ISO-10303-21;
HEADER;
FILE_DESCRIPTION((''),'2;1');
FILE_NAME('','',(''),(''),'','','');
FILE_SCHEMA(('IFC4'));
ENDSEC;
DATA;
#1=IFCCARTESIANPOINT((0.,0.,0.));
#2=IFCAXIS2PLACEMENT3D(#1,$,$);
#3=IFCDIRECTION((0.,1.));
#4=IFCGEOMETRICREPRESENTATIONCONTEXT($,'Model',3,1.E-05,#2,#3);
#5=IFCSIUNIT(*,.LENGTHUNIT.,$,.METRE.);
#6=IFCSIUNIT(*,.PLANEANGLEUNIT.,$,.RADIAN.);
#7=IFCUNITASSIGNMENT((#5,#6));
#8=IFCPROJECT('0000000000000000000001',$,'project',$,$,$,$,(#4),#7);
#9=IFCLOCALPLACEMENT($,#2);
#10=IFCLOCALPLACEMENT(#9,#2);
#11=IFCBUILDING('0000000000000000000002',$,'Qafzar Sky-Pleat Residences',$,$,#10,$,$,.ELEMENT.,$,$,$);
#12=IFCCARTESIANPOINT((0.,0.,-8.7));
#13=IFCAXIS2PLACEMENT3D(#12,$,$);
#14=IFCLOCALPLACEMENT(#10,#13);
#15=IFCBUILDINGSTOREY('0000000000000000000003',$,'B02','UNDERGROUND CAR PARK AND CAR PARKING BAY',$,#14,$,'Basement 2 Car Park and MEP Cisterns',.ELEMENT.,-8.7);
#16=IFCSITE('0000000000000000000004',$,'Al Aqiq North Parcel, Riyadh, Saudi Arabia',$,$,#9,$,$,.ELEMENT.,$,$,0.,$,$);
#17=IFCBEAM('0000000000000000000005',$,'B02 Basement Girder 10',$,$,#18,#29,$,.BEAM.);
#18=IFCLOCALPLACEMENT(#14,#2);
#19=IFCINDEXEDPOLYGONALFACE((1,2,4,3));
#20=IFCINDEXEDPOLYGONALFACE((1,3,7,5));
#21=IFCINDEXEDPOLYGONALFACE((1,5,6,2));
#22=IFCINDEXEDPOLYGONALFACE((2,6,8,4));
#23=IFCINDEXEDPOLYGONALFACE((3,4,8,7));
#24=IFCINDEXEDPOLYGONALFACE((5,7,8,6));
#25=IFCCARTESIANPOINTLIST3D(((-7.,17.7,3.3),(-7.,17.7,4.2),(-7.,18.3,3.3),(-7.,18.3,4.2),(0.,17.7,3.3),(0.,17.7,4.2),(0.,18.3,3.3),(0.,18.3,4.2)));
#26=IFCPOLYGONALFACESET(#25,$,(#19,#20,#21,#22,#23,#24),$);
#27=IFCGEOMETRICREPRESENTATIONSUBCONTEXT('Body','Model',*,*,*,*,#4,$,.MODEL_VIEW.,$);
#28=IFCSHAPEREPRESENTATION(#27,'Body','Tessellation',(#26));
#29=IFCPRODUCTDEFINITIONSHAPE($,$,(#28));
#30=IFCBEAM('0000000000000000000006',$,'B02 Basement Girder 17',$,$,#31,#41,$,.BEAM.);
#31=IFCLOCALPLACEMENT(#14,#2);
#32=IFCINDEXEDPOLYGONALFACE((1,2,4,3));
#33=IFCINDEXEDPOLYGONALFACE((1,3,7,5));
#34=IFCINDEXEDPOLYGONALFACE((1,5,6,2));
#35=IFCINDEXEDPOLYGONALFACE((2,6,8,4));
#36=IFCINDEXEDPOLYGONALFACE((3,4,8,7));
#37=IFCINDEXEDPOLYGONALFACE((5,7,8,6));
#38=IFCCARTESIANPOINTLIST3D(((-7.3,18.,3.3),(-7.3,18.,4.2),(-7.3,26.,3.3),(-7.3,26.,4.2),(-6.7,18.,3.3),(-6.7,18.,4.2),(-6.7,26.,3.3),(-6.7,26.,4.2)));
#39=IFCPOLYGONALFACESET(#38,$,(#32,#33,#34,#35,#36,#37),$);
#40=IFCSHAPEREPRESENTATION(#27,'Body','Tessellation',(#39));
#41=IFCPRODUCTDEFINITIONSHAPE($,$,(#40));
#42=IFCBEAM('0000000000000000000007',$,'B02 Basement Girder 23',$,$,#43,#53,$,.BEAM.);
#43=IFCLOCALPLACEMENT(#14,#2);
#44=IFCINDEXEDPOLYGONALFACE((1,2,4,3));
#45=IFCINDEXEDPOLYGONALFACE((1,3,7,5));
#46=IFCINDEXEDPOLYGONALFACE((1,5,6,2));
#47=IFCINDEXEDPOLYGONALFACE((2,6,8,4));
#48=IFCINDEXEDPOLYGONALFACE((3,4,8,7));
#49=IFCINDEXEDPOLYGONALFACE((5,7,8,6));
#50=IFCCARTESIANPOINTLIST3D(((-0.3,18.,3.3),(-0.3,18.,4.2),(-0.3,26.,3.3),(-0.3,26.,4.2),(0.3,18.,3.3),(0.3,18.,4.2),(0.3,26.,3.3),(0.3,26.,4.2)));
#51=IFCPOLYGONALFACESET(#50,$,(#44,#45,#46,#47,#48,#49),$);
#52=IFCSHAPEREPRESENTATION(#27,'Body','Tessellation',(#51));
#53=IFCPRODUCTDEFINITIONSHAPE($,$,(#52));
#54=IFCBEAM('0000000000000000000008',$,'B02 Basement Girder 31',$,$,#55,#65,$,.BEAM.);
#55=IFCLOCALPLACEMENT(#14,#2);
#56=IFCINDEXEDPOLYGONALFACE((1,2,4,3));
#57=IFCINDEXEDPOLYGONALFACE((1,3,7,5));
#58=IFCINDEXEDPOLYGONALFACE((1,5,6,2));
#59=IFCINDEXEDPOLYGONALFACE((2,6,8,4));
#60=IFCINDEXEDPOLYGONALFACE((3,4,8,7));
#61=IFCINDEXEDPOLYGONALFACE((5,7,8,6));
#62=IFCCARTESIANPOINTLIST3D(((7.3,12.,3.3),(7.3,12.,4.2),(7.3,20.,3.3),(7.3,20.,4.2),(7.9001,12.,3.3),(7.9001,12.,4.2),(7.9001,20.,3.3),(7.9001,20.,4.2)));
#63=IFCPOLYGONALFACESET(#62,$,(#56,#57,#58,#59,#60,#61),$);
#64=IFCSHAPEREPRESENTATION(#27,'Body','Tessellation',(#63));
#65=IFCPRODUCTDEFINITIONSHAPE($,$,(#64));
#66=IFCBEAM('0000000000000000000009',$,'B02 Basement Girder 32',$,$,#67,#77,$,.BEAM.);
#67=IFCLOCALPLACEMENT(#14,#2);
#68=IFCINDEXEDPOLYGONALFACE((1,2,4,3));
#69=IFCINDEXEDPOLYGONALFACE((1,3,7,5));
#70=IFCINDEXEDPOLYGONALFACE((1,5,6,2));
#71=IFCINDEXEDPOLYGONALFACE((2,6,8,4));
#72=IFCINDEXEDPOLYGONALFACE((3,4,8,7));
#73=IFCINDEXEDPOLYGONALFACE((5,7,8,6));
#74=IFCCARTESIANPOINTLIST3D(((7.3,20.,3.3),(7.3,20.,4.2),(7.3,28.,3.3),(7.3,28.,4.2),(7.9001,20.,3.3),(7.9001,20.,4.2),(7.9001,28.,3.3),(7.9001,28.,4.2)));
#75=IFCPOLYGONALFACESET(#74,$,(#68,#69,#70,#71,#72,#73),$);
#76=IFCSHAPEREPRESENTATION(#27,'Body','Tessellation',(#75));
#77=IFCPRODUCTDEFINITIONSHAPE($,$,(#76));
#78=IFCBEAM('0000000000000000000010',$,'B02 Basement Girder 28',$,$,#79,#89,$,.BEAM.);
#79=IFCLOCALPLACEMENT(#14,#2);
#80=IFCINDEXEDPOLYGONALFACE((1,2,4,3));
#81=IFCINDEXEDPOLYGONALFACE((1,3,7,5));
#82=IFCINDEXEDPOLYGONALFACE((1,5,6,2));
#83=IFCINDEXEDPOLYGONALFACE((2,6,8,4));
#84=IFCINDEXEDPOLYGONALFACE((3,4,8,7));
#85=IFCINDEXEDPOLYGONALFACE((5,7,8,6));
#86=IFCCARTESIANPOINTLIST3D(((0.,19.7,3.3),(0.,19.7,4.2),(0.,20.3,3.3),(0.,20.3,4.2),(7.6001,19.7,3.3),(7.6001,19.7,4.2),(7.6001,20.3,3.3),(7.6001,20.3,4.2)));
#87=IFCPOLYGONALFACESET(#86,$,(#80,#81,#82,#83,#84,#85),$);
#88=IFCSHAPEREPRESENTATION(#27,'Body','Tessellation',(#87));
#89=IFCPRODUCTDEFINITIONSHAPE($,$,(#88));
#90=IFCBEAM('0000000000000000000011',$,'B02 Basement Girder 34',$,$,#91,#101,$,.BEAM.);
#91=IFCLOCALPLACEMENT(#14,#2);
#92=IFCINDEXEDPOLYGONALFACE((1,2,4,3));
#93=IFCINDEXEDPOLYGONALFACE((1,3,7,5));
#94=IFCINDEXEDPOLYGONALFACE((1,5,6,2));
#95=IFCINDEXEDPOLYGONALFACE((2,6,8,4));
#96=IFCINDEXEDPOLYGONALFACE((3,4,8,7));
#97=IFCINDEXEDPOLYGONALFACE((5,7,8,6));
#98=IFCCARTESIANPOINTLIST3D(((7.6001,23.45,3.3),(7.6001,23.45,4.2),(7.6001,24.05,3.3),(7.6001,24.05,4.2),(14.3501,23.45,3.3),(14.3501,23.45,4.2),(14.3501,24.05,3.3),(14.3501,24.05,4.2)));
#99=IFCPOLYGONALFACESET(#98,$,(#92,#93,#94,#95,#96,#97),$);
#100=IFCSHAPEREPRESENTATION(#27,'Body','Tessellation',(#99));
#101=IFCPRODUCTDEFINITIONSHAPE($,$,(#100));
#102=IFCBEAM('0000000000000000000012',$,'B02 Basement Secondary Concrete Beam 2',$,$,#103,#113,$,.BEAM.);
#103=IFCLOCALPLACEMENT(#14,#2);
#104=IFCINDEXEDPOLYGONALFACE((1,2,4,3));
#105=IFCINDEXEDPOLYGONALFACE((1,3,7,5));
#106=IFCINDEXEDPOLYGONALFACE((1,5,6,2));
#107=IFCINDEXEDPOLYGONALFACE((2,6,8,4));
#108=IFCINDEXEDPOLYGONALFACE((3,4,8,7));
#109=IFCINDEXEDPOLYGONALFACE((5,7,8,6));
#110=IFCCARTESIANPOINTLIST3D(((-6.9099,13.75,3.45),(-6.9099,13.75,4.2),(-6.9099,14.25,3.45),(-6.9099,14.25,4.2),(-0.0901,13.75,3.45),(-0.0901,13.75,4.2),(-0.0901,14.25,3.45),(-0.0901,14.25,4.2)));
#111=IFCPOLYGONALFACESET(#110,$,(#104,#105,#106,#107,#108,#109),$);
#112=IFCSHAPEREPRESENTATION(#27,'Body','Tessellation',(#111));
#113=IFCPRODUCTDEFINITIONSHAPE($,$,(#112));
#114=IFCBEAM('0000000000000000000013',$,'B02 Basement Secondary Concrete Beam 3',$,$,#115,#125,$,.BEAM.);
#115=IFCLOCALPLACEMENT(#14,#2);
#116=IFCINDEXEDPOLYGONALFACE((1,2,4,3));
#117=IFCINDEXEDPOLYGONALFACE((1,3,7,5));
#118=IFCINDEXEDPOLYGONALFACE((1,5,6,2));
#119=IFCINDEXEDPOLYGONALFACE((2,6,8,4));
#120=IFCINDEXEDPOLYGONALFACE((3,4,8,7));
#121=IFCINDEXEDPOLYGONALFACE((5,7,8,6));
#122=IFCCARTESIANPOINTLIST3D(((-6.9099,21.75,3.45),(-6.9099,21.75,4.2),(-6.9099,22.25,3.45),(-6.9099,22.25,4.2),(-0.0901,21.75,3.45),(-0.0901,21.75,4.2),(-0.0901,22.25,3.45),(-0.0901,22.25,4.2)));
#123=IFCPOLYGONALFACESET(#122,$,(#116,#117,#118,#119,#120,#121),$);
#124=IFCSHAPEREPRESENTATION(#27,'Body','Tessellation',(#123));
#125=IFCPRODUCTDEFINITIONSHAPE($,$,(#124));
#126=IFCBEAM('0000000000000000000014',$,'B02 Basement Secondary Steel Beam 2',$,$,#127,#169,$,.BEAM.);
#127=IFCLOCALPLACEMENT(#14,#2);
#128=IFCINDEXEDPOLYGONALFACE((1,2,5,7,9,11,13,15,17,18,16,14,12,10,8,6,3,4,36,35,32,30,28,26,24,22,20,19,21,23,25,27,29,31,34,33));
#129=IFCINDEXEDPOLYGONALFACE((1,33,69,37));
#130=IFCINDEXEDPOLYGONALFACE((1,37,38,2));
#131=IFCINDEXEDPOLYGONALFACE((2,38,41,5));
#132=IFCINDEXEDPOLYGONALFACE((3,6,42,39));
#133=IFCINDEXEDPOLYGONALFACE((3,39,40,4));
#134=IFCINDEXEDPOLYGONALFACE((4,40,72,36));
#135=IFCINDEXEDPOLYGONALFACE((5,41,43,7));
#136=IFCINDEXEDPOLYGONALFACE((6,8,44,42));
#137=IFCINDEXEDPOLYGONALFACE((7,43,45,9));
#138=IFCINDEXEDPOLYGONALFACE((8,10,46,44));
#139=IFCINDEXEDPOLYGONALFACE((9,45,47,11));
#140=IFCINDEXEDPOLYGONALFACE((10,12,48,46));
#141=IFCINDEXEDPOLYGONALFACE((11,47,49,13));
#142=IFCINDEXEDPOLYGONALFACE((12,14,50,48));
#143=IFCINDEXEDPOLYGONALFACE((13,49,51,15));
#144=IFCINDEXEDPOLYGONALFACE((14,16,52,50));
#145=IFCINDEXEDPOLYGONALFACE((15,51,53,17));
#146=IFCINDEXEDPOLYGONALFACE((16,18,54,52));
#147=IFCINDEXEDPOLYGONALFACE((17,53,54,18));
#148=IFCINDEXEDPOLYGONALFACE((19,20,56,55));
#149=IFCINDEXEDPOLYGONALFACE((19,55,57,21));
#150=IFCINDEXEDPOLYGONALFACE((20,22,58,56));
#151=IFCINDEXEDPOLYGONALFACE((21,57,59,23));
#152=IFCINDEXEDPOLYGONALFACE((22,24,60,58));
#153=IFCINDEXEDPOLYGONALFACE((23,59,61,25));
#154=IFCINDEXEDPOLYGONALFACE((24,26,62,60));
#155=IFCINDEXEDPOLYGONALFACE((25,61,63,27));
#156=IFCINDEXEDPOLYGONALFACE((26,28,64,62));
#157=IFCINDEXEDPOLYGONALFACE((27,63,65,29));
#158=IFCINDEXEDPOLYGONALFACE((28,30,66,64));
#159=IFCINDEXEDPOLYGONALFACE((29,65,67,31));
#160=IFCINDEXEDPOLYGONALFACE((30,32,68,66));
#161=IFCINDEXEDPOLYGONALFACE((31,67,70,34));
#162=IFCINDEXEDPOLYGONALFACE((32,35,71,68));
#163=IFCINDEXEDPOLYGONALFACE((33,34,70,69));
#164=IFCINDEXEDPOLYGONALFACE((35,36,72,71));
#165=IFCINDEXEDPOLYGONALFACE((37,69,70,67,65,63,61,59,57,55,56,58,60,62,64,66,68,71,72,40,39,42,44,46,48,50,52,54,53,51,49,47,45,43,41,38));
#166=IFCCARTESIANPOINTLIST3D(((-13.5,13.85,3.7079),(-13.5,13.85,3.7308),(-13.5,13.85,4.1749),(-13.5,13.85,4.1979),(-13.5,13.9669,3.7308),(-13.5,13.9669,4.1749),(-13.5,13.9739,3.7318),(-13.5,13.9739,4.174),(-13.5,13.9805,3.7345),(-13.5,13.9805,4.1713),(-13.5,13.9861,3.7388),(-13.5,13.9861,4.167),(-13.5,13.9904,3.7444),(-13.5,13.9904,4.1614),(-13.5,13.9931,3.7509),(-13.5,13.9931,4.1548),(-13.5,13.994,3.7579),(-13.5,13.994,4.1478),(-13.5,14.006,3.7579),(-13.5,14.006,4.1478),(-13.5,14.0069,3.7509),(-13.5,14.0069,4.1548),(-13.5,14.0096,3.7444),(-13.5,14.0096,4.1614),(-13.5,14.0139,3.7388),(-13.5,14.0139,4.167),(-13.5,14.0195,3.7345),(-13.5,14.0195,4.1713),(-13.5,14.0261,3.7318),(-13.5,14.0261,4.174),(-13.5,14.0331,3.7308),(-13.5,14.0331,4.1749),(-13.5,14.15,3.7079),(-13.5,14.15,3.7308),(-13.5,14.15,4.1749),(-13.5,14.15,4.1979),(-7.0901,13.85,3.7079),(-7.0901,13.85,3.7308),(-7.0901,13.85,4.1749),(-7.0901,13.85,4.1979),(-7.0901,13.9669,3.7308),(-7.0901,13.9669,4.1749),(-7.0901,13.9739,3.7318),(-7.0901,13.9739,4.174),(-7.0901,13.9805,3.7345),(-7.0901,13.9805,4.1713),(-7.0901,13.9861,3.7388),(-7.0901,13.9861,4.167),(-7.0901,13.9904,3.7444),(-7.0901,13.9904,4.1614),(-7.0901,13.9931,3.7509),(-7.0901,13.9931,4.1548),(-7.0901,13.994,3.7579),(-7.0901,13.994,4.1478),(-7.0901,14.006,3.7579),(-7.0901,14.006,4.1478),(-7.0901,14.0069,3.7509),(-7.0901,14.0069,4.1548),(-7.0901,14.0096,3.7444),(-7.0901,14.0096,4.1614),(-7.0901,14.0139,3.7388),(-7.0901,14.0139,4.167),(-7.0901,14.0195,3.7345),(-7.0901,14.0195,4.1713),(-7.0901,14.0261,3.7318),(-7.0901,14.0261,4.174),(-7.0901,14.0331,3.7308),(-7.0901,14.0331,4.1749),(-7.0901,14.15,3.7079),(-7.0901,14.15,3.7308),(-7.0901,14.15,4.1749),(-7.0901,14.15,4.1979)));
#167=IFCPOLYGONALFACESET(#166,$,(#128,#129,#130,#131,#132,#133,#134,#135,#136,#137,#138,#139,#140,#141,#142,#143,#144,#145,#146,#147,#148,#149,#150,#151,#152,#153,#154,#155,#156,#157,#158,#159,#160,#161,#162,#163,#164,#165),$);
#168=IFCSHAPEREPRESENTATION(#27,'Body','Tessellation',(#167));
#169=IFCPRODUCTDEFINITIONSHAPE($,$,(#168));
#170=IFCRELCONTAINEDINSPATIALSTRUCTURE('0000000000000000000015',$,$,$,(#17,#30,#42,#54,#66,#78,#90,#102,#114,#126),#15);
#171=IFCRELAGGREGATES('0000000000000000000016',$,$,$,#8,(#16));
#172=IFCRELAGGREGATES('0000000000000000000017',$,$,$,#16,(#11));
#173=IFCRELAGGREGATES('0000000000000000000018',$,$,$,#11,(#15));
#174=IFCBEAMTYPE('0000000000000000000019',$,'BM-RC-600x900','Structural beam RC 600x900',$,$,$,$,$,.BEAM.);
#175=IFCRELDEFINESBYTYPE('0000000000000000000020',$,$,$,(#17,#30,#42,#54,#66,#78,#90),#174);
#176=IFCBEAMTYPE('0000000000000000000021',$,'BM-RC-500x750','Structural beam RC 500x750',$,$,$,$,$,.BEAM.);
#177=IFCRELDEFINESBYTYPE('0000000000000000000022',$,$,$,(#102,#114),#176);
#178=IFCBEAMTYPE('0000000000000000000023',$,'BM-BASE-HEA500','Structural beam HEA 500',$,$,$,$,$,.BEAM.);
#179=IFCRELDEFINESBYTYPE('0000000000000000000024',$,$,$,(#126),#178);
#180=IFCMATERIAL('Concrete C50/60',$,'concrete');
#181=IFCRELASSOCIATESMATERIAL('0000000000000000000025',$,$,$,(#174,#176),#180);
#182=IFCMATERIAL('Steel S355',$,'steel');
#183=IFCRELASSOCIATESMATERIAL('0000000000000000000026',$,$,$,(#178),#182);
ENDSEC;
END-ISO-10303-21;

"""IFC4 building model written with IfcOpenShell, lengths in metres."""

from ifc_helpers import new_model, si_unit, direction, frame, origin, origin_2d, place, context, subcontext, project, spatial, rectangle, i_section, extrude, source, transform, mapped, material, material_profile, profile_set, type_object, element, save


model = new_model("IFC4")

# Units and contexts
model_context = context("Model", 3, precision=1e-05, world=origin(), true_north=direction((0.0, 1.0)))
body_context = subcontext(model_context, "Body", "Model", "MODEL_VIEW")
ifc_project = project(units=[si_unit("LENGTHUNIT", "METRE"), si_unit("PLANEANGLEUNIT", "RADIAN")], contexts=[model_context])

# Site, building, storey
site_placement = place(None, origin())
site = spatial("IfcSite", under=ifc_project, at=site_placement, Name="Al Aqiq North Parcel, Riyadh, Saudi Arabia", CompositionType="ELEMENT", RefElevation=0.0)
building_placement = place(site_placement, origin())
building = spatial("IfcBuilding", under=site, at=building_placement, Name="Qafzar Sky-Pleat Residences", CompositionType="ELEMENT")
storey_placement = place(building_placement, frame((0.0, 0.0, -8.7)))
storey = spatial("IfcBuildingStorey", under=building, at=storey_placement, Name="B02", Description="UNDERGROUND CAR PARK AND CAR PARKING BAY", LongName="Basement 2 Car Park and MEP Cisterns", CompositionType="ELEMENT", Elevation=-8.7)

# Shared definitions
ifc_material_1 = material(Name="Concrete C50/60", Category="concrete")

# Shared definitions
ifc_material_2 = material(Name="Steel S355", Category="steel")

# Beams
ifc_material_profile_1 = material_profile(ifc_material_1, rectangle(XDim=0.6001, YDim=0.8999, at=origin_2d()), Name="RC 600x900")
ifc_profile_set_1 = profile_set([ifc_material_profile_1], Name="Concrete C50/60")
beam_type_1 = type_object("IfcBeamType", Name="BM-RC-600x900", Description="Structural beam RC 600x900", PredefinedType="BEAM", material=ifc_profile_set_1)
shared_shape_1 = source(origin(), body_context, "Body", "SweptSolid", [
    extrude(rectangle(XDim=0.6001, YDim=0.8999, at=origin_2d()), origin(), (0.0, 0.0, 1.0), 7.0),
])
beam_1_placement = place(storey_placement, frame((-7.0, 18.0, 3.75), z_axis=(1.0, 0.0, 0.0), x_axis=(0.0, 1.0, 0.0)))
element("IfcBeam", 1, at=beam_1_placement, inside=storey, type_object=beam_type_1, Name="B02 Basement Girder 10", PredefinedType="BEAM", context=body_context, shape_type="MappedRepresentation", body=[
    mapped(shared_shape_1, transform((0.0, 0.0, 0.0), x_axis=(1.0, 0.0, 0.0), y_axis=(0.0, 1.0, 0.0), z_axis=(0.0, 0.0, 1.0), scale=1.0)),
])
shared_shape_2 = source(origin(), body_context, "Body", "SweptSolid", [
    extrude(rectangle(XDim=0.6001, YDim=0.8999, at=origin_2d()), origin(), (0.0, 0.0, 1.0), 8.0),
])
for number, where, z_axis, x_axis, name in (
    (2, (-7.0, 18.0, 3.75), (0.0, 1.0, 0.0), (-1.0, 0.0, 0.0), "B02 Basement Girder 17"),
    (3, (0.0, 18.0, 3.75), (0.0, 1.0, 0.0), (-1.0, 0.0, 0.0), "B02 Basement Girder 23"),
    (4, (7.6001, 12.0, 3.75), (0.0, 1.0, 0.0), (-1.0, 0.0, 0.0), "B02 Basement Girder 31"),
    (5, (7.6001, 20.0, 3.75), (0.0, 1.0, 0.0), (-1.0, 0.0, 0.0), "B02 Basement Girder 32"),
):
    element("IfcBeam", number, at=place(storey_placement, frame(where, z_axis=z_axis, x_axis=x_axis)), inside=storey, type_object=beam_type_1, Name=name, PredefinedType="BEAM", context=body_context, shape_type="MappedRepresentation", body=[
        mapped(shared_shape_2, transform((0.0, 0.0, 0.0), x_axis=(1.0, 0.0, 0.0), y_axis=(0.0, 1.0, 0.0), z_axis=(0.0, 0.0, 1.0), scale=1.0)),
    ])
shared_shape_3 = source(origin(), body_context, "Body", "SweptSolid", [
    extrude(rectangle(XDim=0.6001, YDim=0.8999, at=origin_2d()), origin(), (0.0, 0.0, 1.0), 7.6001),
])
beam_2_placement = place(storey_placement, frame((0.0, 20.0, 3.75), z_axis=(1.0, 0.0, 0.0), x_axis=(0.0, 1.0, 0.0)))
element("IfcBeam", 6, at=beam_2_placement, inside=storey, type_object=beam_type_1, Name="B02 Basement Girder 28", PredefinedType="BEAM", context=body_context, shape_type="MappedRepresentation", body=[
    mapped(shared_shape_3, transform((0.0, 0.0, 0.0), x_axis=(1.0, 0.0, 0.0), y_axis=(0.0, 1.0, 0.0), z_axis=(0.0, 0.0, 1.0), scale=1.0)),
])
shared_shape_4 = source(origin(), body_context, "Body", "SweptSolid", [
    extrude(rectangle(XDim=0.6001, YDim=0.8999, at=origin_2d()), origin(), (0.0, 0.0, 1.0), 6.75),
])
beam_3_placement = place(storey_placement, frame((7.6001, 23.75, 3.75), z_axis=(1.0, 0.0, 0.0), x_axis=(0.0, 1.0, 0.0)))
element("IfcBeam", 7, at=beam_3_placement, inside=storey, type_object=beam_type_1, Name="B02 Basement Girder 34", PredefinedType="BEAM", context=body_context, shape_type="MappedRepresentation", body=[
    mapped(shared_shape_4, transform((0.0, 0.0, 0.0), x_axis=(1.0, 0.0, 0.0), y_axis=(0.0, 1.0, 0.0), z_axis=(0.0, 0.0, 1.0), scale=1.0)),
])
ifc_material_profile_2 = material_profile(ifc_material_1, rectangle(XDim=0.5, YDim=0.75, at=origin_2d()), Name="RC 500x750")
ifc_profile_set_2 = profile_set([ifc_material_profile_2], Name="Concrete C50/60")
beam_type_2 = type_object("IfcBeamType", Name="BM-RC-500x750", Description="Structural beam RC 500x750", PredefinedType="BEAM", material=ifc_profile_set_2)
shared_shape_5 = source(origin(), body_context, "Body", "SweptSolid", [
    extrude(rectangle(XDim=0.5, YDim=0.75, at=origin_2d()), origin(), (0.0, 0.0, 1.0), 6.8198),
])
for number, where, z_axis, x_axis, name in (
    (8, (-6.9099, 14.0, 3.825), (1.0, 0.0, 0.0), (0.0, 1.0, 0.0), "B02 Basement Secondary Concrete Beam 2"),
    (9, (-6.9099, 22.0, 3.825), (1.0, 0.0, 0.0), (0.0, 1.0, 0.0), "B02 Basement Secondary Concrete Beam 3"),
):
    element("IfcBeam", number, at=place(storey_placement, frame(where, z_axis=z_axis, x_axis=x_axis)), inside=storey, type_object=beam_type_2, Name=name, PredefinedType="BEAM", context=body_context, shape_type="MappedRepresentation", body=[
        mapped(shared_shape_5, transform((0.0, 0.0, 0.0), x_axis=(1.0, 0.0, 0.0), y_axis=(0.0, 1.0, 0.0), z_axis=(0.0, 0.0, 1.0), scale=1.0)),
    ])
ifc_material_profile_3 = material_profile(ifc_material_2, i_section(OverallWidth=0.3, OverallDepth=0.49, WebThickness=0.012, FlangeThickness=0.0229, FilletRadius=0.0271, at=origin_2d()), Name="HEA 500")
ifc_profile_set_3 = profile_set([ifc_material_profile_3], Name="Steel S355")
beam_type_3 = type_object("IfcBeamType", Name="BM-BASE-HEA500", Description="Structural beam HEA 500", PredefinedType="BEAM", material=ifc_profile_set_3)
shared_shape_6 = source(origin(), body_context, "Body", "SweptSolid", [
    extrude(i_section(OverallWidth=0.3, OverallDepth=0.49, WebThickness=0.012, FlangeThickness=0.0229, FilletRadius=0.0271, at=origin_2d()), origin(), (0.0, 0.0, 1.0), 6.4099),
])
for number, where, z_axis, x_axis, name in (
    (10, (-13.5, 14.0, 3.9529), (1.0, 0.0, 0.0), (0.0, 1.0, 0.0), "B02 Basement Secondary Steel Beam 2"),
):
    element("IfcBeam", number, at=place(storey_placement, frame(where, z_axis=z_axis, x_axis=x_axis)), inside=storey, type_object=beam_type_3, Name=name, PredefinedType="BEAM", context=body_context, shape_type="MappedRepresentation", body=[
        mapped(shared_shape_6, transform((0.0, 0.0, 0.0), x_axis=(1.0, 0.0, 0.0), y_axis=(0.0, 1.0, 0.0), z_axis=(0.0, 0.0, 1.0), scale=1.0)),
    ])

save(model, "model.ifc")
